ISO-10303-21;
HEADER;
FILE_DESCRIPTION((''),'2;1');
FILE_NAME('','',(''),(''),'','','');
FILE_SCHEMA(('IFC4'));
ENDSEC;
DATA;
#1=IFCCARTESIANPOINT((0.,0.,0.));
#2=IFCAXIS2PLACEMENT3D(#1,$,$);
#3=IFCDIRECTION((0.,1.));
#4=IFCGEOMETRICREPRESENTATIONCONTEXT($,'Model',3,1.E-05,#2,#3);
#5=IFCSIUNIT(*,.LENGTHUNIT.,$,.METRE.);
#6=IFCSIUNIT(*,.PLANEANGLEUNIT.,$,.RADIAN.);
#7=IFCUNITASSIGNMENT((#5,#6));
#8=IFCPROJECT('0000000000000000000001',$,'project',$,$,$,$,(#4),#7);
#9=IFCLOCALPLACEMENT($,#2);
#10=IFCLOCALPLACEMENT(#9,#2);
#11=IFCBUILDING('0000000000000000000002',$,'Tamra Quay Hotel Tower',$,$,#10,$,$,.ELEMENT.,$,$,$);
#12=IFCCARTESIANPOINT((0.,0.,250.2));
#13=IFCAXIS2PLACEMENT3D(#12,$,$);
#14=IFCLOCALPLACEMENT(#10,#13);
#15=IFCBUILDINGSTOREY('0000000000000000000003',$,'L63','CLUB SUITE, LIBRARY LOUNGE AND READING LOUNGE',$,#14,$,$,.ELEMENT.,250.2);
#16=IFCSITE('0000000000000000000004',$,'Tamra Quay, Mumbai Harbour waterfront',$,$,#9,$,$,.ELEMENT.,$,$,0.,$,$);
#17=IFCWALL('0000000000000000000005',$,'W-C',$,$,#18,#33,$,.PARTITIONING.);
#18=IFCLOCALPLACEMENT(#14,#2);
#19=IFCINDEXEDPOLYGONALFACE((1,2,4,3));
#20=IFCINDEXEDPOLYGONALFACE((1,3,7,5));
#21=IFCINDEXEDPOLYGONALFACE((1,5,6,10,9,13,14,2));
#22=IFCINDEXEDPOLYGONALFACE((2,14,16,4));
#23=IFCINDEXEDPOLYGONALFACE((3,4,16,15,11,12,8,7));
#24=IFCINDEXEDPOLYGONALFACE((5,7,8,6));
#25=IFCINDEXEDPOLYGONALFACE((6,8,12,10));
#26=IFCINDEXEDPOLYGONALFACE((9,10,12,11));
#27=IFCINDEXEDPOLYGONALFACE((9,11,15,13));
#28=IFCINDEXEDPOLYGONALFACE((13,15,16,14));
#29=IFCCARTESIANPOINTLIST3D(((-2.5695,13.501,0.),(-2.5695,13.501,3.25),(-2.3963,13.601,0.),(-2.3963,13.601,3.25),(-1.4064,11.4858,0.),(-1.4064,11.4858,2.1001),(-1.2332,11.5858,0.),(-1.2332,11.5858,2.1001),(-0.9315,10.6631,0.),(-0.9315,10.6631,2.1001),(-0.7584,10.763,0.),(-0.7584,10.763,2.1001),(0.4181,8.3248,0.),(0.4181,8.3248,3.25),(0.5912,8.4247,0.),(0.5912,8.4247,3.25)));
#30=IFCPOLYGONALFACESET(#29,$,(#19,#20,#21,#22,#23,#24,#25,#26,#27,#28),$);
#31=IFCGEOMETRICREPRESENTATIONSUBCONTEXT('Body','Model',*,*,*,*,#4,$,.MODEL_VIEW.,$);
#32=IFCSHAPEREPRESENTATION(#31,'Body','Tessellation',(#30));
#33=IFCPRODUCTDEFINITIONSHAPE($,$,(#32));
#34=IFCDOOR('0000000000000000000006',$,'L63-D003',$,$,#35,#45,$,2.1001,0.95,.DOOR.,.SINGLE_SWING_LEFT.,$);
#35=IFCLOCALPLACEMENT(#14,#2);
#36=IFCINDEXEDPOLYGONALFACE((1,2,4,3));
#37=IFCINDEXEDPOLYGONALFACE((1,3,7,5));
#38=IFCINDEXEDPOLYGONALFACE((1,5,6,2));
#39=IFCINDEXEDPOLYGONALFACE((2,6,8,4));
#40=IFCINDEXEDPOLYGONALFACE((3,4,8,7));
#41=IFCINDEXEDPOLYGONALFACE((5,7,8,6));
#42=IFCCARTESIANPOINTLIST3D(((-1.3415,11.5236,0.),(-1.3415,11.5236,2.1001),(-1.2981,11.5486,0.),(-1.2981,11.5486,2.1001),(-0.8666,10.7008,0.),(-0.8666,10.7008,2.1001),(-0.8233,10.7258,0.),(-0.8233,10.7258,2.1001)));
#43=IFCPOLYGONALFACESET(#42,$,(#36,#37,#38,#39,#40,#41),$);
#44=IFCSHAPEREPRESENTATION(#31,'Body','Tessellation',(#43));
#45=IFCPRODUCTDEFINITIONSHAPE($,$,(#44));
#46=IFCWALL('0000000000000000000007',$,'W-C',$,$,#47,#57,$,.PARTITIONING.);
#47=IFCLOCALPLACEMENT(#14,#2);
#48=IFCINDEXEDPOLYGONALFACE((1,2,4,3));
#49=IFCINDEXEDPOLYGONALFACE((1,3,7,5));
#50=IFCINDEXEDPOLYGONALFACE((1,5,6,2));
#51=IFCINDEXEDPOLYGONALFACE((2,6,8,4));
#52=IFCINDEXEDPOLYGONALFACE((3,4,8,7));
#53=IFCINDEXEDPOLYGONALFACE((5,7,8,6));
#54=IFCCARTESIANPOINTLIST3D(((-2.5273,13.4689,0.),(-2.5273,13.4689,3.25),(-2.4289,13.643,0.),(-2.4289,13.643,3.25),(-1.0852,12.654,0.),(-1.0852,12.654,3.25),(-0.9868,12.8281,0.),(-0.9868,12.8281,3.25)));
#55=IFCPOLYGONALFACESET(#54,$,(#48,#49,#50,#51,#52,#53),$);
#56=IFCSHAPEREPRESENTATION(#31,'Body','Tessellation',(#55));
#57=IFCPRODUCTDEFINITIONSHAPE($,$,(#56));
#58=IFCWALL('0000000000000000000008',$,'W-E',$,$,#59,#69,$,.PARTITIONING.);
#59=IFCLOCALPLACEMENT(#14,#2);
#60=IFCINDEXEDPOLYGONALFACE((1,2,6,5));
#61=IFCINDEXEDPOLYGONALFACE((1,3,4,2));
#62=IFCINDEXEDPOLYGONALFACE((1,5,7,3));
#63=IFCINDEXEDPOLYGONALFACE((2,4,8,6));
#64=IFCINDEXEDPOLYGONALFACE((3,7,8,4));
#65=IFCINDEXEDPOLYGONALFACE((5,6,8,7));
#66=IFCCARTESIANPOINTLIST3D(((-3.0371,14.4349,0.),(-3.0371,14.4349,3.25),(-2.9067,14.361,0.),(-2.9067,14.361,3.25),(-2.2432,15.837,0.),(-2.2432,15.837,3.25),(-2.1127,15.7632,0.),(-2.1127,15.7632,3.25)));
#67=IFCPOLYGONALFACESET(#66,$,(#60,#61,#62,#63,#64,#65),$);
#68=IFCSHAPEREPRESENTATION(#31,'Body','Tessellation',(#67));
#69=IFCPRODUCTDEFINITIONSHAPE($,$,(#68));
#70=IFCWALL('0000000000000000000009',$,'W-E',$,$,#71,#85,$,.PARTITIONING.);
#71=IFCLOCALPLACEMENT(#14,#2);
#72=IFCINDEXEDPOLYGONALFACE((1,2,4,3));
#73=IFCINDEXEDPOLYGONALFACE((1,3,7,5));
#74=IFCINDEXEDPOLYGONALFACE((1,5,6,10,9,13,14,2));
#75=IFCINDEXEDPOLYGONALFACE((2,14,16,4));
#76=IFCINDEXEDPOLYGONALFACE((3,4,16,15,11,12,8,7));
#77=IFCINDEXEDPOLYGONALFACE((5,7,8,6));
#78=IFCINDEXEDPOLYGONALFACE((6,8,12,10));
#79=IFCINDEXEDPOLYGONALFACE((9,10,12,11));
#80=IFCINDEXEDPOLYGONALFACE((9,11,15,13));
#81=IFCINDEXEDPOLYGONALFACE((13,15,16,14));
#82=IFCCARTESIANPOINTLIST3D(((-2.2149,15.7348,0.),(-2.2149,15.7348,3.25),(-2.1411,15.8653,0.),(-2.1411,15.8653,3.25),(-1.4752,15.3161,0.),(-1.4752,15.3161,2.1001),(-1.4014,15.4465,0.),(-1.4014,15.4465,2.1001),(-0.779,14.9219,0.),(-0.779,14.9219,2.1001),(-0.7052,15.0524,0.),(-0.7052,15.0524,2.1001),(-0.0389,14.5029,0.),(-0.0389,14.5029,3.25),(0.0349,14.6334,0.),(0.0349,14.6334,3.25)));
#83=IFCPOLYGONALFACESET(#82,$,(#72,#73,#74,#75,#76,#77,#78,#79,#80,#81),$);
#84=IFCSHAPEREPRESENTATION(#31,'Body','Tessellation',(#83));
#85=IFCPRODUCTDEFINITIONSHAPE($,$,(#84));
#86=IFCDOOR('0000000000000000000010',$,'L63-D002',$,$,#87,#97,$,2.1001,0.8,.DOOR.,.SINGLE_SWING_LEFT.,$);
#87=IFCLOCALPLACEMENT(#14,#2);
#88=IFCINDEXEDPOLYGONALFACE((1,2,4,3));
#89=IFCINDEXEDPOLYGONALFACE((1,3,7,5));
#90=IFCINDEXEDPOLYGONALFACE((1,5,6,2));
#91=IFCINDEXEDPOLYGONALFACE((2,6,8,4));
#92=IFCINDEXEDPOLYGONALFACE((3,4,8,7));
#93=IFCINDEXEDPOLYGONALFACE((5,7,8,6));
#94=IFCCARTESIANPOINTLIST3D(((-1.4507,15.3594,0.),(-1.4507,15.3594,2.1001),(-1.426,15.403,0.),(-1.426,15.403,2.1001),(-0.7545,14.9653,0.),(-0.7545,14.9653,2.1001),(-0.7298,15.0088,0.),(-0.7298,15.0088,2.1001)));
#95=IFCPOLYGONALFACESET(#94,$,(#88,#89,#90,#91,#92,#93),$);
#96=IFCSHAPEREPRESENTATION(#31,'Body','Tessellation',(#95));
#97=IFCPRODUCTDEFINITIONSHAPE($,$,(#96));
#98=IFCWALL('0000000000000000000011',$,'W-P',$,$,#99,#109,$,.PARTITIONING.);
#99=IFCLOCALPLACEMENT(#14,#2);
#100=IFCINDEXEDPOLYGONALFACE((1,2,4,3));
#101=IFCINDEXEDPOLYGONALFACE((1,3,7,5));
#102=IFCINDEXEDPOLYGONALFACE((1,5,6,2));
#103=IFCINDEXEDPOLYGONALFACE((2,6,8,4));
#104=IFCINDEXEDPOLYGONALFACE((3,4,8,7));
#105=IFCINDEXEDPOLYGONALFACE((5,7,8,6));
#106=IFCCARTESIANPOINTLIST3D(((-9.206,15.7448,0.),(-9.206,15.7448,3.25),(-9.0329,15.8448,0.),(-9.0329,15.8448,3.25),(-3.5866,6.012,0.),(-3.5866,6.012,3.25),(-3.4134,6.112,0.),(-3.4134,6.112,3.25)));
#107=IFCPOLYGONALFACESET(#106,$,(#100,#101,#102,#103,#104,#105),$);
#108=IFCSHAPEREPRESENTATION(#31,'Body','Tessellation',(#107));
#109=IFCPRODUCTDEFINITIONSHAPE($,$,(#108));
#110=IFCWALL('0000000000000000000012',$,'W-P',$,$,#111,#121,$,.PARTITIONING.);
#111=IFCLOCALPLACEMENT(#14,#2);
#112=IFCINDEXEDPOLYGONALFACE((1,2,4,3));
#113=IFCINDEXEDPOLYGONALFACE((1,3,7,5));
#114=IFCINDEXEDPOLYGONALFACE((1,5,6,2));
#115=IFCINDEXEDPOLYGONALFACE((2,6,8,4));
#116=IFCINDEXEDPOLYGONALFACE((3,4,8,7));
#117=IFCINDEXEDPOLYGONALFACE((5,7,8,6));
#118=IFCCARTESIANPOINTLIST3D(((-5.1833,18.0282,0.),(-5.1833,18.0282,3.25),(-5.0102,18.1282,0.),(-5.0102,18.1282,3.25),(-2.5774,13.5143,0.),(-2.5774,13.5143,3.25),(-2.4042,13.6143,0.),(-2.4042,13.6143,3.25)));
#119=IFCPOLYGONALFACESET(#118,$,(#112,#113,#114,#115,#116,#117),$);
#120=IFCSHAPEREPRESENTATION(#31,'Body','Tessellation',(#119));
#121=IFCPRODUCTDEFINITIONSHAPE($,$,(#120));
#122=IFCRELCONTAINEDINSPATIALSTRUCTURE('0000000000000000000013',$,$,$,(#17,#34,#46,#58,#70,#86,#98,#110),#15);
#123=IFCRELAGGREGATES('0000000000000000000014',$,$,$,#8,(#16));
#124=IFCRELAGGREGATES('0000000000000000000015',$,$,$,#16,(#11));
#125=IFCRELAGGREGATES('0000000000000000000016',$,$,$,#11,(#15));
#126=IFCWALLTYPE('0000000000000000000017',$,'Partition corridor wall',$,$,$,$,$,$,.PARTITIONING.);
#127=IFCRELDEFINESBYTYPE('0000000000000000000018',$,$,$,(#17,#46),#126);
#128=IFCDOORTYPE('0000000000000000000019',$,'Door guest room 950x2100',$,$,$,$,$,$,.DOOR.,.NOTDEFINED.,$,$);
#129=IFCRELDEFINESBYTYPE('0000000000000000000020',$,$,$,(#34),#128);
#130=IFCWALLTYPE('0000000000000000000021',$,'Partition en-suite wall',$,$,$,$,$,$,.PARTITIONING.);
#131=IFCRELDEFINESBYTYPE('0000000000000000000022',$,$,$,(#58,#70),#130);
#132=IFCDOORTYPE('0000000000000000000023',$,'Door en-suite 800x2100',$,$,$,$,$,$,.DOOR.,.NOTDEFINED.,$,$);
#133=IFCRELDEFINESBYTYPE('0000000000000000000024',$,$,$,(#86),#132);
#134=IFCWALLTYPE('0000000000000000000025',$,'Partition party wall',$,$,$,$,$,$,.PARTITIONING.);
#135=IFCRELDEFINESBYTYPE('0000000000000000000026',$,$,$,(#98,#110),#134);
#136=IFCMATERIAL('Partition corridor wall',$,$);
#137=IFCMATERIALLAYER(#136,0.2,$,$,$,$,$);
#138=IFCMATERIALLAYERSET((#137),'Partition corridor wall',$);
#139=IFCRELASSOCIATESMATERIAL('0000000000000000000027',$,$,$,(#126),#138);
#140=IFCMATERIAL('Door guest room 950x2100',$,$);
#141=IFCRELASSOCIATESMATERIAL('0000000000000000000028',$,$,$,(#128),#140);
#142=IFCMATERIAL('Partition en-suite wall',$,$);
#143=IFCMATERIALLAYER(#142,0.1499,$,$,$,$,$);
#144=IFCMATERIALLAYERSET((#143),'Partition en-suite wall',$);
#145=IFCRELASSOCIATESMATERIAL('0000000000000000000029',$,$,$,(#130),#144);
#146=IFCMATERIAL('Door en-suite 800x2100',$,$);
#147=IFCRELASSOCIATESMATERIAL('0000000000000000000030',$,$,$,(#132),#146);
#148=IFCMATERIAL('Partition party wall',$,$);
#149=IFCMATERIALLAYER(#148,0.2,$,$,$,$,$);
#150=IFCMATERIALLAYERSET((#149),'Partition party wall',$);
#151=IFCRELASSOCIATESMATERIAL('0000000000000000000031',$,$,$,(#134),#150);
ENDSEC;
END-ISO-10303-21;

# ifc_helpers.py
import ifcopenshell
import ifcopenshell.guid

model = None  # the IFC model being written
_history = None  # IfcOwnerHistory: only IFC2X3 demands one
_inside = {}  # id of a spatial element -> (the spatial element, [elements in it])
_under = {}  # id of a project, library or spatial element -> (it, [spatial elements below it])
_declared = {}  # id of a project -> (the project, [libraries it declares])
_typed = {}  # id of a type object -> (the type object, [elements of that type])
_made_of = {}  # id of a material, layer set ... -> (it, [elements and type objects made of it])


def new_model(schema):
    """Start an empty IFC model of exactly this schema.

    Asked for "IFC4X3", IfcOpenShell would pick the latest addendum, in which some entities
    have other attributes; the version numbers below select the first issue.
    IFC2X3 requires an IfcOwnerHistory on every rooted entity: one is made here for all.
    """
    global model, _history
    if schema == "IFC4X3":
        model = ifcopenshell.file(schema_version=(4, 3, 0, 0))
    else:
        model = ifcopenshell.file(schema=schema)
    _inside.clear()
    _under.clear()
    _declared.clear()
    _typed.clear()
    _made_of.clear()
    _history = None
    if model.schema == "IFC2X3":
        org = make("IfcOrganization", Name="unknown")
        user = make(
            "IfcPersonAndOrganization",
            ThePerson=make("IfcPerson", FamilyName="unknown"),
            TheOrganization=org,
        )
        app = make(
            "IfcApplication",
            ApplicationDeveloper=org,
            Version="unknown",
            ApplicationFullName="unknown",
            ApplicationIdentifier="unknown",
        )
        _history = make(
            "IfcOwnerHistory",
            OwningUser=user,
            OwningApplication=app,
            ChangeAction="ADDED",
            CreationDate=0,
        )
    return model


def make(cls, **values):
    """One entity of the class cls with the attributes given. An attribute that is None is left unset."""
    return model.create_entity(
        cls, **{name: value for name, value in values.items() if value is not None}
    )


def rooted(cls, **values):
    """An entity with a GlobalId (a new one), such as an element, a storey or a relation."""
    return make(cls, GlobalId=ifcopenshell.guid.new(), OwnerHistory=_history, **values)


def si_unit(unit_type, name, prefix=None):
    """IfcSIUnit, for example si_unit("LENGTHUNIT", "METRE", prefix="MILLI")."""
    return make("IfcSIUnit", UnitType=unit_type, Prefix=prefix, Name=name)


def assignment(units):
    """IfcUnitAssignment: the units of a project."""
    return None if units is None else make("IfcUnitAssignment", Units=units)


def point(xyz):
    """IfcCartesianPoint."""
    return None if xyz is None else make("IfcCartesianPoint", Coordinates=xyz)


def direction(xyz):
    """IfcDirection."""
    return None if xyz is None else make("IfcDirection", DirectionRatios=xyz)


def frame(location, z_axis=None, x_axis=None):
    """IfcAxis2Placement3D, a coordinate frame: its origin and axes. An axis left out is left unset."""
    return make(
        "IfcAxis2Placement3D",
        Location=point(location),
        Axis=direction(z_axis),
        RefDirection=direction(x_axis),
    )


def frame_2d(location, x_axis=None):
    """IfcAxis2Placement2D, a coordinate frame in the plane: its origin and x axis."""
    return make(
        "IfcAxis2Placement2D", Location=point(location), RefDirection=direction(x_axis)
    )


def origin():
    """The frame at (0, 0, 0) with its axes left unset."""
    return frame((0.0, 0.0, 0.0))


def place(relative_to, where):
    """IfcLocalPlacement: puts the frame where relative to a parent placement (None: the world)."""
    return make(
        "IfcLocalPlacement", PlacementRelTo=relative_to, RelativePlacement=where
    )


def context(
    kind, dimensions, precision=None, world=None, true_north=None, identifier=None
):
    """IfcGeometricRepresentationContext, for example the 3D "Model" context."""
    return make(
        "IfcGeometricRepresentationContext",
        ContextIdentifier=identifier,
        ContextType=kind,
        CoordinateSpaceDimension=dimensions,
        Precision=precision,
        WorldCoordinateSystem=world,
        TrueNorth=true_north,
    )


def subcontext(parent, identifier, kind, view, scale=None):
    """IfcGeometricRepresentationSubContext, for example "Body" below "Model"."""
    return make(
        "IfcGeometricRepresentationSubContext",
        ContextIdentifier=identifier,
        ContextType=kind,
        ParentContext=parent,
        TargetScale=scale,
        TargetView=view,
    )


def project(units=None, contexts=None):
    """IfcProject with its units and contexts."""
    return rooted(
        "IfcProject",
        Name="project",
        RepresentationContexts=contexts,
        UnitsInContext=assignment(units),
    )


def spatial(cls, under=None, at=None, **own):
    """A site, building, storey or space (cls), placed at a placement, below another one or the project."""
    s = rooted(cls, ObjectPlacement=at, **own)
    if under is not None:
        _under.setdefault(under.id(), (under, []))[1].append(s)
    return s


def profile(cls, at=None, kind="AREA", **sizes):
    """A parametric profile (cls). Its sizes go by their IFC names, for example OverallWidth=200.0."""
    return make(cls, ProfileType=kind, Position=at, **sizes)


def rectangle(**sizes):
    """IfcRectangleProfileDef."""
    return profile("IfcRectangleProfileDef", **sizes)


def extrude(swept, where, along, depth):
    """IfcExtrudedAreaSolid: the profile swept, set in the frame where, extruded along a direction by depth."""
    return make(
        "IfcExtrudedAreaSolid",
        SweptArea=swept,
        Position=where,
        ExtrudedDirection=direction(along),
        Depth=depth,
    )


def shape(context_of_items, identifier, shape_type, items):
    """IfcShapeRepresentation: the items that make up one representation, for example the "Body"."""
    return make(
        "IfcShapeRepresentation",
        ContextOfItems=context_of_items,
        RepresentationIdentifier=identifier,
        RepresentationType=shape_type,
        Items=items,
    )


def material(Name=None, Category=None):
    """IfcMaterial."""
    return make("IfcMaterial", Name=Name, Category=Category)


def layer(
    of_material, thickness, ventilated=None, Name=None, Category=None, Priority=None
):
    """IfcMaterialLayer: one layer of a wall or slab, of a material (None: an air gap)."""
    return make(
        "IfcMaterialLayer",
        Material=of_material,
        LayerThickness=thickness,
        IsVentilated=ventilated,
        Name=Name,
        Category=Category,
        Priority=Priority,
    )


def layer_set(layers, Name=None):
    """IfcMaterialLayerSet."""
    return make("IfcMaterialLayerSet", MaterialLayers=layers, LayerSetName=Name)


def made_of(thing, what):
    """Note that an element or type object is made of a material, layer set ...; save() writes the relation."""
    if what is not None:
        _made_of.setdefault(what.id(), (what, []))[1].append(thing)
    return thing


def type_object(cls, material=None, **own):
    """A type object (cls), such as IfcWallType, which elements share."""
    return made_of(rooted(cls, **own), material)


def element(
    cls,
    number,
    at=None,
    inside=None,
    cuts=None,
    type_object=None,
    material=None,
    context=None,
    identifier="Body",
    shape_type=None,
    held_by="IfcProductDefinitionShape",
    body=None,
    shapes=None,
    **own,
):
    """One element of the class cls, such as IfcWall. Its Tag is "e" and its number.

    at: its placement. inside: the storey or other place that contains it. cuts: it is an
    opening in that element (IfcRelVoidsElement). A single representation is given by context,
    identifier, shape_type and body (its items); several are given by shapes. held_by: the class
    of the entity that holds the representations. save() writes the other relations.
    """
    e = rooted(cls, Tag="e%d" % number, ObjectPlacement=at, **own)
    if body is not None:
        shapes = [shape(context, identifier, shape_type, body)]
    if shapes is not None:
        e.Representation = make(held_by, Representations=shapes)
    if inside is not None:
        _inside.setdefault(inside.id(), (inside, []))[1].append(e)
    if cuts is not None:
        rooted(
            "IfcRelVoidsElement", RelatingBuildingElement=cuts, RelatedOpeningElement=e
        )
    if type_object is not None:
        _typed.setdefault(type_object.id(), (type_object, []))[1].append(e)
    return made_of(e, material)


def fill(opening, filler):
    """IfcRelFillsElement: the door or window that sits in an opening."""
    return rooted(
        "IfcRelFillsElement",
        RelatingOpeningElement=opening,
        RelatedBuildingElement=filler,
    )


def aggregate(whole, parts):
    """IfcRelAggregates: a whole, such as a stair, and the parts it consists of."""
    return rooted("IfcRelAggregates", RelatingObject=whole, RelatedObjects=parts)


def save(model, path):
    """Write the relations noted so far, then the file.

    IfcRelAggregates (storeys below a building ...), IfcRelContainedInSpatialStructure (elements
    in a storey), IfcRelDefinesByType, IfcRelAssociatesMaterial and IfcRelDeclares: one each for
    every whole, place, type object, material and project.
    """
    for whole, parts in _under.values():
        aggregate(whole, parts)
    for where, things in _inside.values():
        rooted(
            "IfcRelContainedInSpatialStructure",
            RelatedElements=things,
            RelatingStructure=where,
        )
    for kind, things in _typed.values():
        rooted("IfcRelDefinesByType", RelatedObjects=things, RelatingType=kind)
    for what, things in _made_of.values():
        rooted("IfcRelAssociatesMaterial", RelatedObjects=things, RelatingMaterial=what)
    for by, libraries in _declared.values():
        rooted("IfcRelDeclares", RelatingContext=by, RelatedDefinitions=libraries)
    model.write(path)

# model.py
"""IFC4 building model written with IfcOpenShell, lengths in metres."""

from ifc_helpers import new_model, si_unit, direction, frame, frame_2d, origin, place, context, subcontext, project, spatial, rectangle, extrude, material, layer, layer_set, type_object, element, fill, save


model = new_model("IFC4")

# Units and contexts
model_context = context("Model", 3, precision=1e-05, world=origin(), true_north=direction((0.0, 1.0)))
body_context = subcontext(model_context, "Body", "Model", "MODEL_VIEW")
ifc_project = project(units=[si_unit("LENGTHUNIT", "METRE"), si_unit("PLANEANGLEUNIT", "RADIAN")], contexts=[model_context])

# Site, building, storey
site_placement = place(None, origin())
site = spatial("IfcSite", under=ifc_project, at=site_placement, Name="Tamra Quay, Mumbai Harbour waterfront", CompositionType="ELEMENT", RefElevation=0.0)
building_placement = place(site_placement, origin())
building = spatial("IfcBuilding", under=site, at=building_placement, Name="Tamra Quay Hotel Tower", CompositionType="ELEMENT")
storey_placement = place(building_placement, frame((0.0, 0.0, 250.2)))
storey = spatial("IfcBuildingStorey", under=building, at=storey_placement, Name="L63", Description="CLUB SUITE, LIBRARY LOUNGE AND READING LOUNGE", CompositionType="ELEMENT", Elevation=250.2)

# Wall, opening, door
ifc_material_1 = material(Name="Partition corridor wall")
ifc_layer_1 = layer(ifc_material_1, 0.2)
ifc_layer_set_1 = layer_set([ifc_layer_1], Name="Partition corridor wall")
wall_type_1 = type_object("IfcWallType", Name="Partition corridor wall", PredefinedType="PARTITIONING", material=ifc_layer_set_1)
wall_1_placement = place(storey_placement, frame((-2.4829, 13.551, 0.0), z_axis=(0.0, 0.0, 1.0), x_axis=(0.499878, -0.866096, 0.0)))
wall_1 = element("IfcWall", 1, at=wall_1_placement, inside=storey, type_object=wall_type_1, Name="W-C", PredefinedType="PARTITIONING", context=body_context, shape_type="SweptSolid", body=[
    extrude(rectangle(XDim=5.9766, YDim=0.2, at=frame_2d((2.9883, 0.0))), origin(), (0.0, 0.0, 1.0), 3.25),
])
opening_1_placement = place(wall_1_placement, frame((2.3267, 0.0, 0.0)))
opening_1 = element("IfcOpeningElement", 2, at=opening_1_placement, cuts=wall_1, PredefinedType="OPENING", context=body_context, shape_type="SweptSolid", body=[
    extrude(rectangle(XDim=0.95, YDim=2.1001, at=frame_2d((0.4751, 1.05))), frame((0.0, 0.1099, 0.0), z_axis=(0.0, -1.0, 0.0), x_axis=(1.0, 0.0, 0.0)), (0.0, 0.0, 1.0), 0.22),
])
ifc_material_2 = material(Name="Door guest room 950x2100")
door_type_1 = type_object("IfcDoorType", Name="Door guest room 950x2100", OperationType="NOTDEFINED", PredefinedType="DOOR", material=ifc_material_2)
door_1_placement = place(opening_1_placement, frame((0.95, 0.0, 0.0), z_axis=(0.0, 0.0, 1.0), x_axis=(-1.0, 0.0, 0.0)))
door_1 = element("IfcDoor", 3, at=door_1_placement, inside=storey, type_object=door_type_1, Name="L63-D003", OperationType="SINGLE_SWING_LEFT", OverallHeight=2.1001, OverallWidth=0.95, PredefinedType="DOOR", context=body_context, shape_type="SweptSolid", body=[
    extrude(rectangle(XDim=0.95, YDim=2.1001, at=frame_2d((0.4751, 1.05))), frame((0.0, 0.0249, 0.0), z_axis=(0.0, -1.0, 0.0), x_axis=(1.0, 0.0, 0.0)), (0.0, 0.0, 1.0), 0.05),
])
fill(opening_1, door_1)

# Walls
wall_2_placement = place(storey_placement, frame((-2.478, 13.5559, 0.0), z_axis=(0.0, 0.0, 1.0), x_axis=(0.87061, -0.491975, 0.0)))
element("IfcWall", 4, at=wall_2_placement, inside=storey, type_object=wall_type_1, Name="W-C", PredefinedType="PARTITIONING", context=body_context, shape_type="SweptSolid", body=[
    extrude(rectangle(XDim=1.6565, YDim=0.2, at=frame_2d((0.8281, 0.0))), origin(), (0.0, 0.0, 1.0), 3.25),
])
ifc_material_3 = material(Name="Partition en-suite wall")
ifc_layer_2 = layer(ifc_material_3, 0.1499)
ifc_layer_set_2 = layer_set([ifc_layer_2], Name="Partition en-suite wall")
wall_type_2 = type_object("IfcWallType", Name="Partition en-suite wall", PredefinedType="PARTITIONING", material=ifc_layer_set_2)
wall_3_placement = place(storey_placement, frame((-2.9719, 14.3979, 0.0), z_axis=(0.0, 0.0, 1.0), x_axis=(0.492741, 0.870176, 0.0)))
element("IfcWall", 5, at=wall_3_placement, inside=storey, type_object=wall_type_2, Name="W-E", PredefinedType="PARTITIONING", context=body_context, shape_type="SweptSolid", body=[
    extrude(rectangle(XDim=1.6113, YDim=0.1499, at=frame_2d((0.8057, 0.0))), origin(), (0.0, 0.0, 1.0), 3.25),
])

# Wall, opening, door
wall_4_placement = place(storey_placement, frame((-2.178, 15.8, 0.0), z_axis=(0.0, 0.0, 1.0), x_axis=(0.870219, -0.492665, 0.0)))
wall_4 = element("IfcWall", 6, at=wall_4_placement, inside=storey, type_object=wall_type_2, Name="W-E", PredefinedType="PARTITIONING", context=body_context, shape_type="SweptSolid", body=[
    extrude(rectangle(XDim=2.5005, YDim=0.1499, at=frame_2d((1.2502, 0.0))), origin(), (0.0, 0.0, 1.0), 3.25),
])
opening_2_placement = place(wall_4_placement, frame((0.8501, 0.0, 0.0)))
opening_2 = element("IfcOpeningElement", 7, at=opening_2_placement, cuts=wall_4, PredefinedType="OPENING", context=body_context, shape_type="SweptSolid", body=[
    extrude(rectangle(XDim=0.8, YDim=2.1001, at=frame_2d((0.3999, 1.05))), frame((0.0, 0.085, 0.0), z_axis=(0.0, -1.0, 0.0), x_axis=(1.0, 0.0, 0.0)), (0.0, 0.0, 1.0), 0.1699),
])
ifc_material_4 = material(Name="Door en-suite 800x2100")
door_type_2 = type_object("IfcDoorType", Name="Door en-suite 800x2100", OperationType="NOTDEFINED", PredefinedType="DOOR", material=ifc_material_4)
door_2_placement = place(opening_2_placement, origin())
door_2 = element("IfcDoor", 8, at=door_2_placement, inside=storey, type_object=door_type_2, Name="L63-D002", OperationType="SINGLE_SWING_LEFT", OverallHeight=2.1001, OverallWidth=0.8, PredefinedType="DOOR", context=body_context, shape_type="SweptSolid", body=[
    extrude(rectangle(XDim=0.8, YDim=2.1001, at=frame_2d((0.3999, 1.05))), frame((0.0, 0.0249, 0.0), z_axis=(0.0, -1.0, 0.0), x_axis=(1.0, 0.0, 0.0)), (0.0, 0.0, 1.0), 0.05),
])
fill(opening_2, door_2)

# Walls
ifc_material_5 = material(Name="Partition party wall")
ifc_layer_3 = layer(ifc_material_5, 0.2)
ifc_layer_set_3 = layer_set([ifc_layer_3], Name="Partition party wall")
wall_type_3 = type_object("IfcWallType", Name="Partition party wall", PredefinedType="PARTITIONING", material=ifc_layer_set_3)
wall_5_placement = place(storey_placement, frame((-9.1194, 15.7947, 0.0), z_axis=(0.0, 0.0, 1.0), x_axis=(0.500015, -0.866017, 0.0)))
element("IfcWall", 9, at=wall_5_placement, inside=storey, type_object=wall_type_3, Name="W-P", PredefinedType="PARTITIONING", context=body_context, shape_type="SweptSolid", body=[
    extrude(rectangle(XDim=11.2385, YDim=0.2, at=frame_2d((5.6191, 0.0))), origin(), (0.0, 0.0, 1.0), 3.25),
])
wall_6_placement = place(storey_placement, frame((-5.0967, 18.0781, 0.0), z_axis=(0.0, 0.0, 1.0), x_axis=(0.499978, -0.866038, 0.0)))
element("IfcWall", 10, at=wall_6_placement, inside=storey, type_object=wall_type_3, Name="W-P", PredefinedType="PARTITIONING", context=body_context, shape_type="SweptSolid", body=[
    extrude(rectangle(XDim=5.2122, YDim=0.2, at=frame_2d((2.606, 0.0))), origin(), (0.0, 0.0, 1.0), 3.25),
])

save(model, "model.ifc")
